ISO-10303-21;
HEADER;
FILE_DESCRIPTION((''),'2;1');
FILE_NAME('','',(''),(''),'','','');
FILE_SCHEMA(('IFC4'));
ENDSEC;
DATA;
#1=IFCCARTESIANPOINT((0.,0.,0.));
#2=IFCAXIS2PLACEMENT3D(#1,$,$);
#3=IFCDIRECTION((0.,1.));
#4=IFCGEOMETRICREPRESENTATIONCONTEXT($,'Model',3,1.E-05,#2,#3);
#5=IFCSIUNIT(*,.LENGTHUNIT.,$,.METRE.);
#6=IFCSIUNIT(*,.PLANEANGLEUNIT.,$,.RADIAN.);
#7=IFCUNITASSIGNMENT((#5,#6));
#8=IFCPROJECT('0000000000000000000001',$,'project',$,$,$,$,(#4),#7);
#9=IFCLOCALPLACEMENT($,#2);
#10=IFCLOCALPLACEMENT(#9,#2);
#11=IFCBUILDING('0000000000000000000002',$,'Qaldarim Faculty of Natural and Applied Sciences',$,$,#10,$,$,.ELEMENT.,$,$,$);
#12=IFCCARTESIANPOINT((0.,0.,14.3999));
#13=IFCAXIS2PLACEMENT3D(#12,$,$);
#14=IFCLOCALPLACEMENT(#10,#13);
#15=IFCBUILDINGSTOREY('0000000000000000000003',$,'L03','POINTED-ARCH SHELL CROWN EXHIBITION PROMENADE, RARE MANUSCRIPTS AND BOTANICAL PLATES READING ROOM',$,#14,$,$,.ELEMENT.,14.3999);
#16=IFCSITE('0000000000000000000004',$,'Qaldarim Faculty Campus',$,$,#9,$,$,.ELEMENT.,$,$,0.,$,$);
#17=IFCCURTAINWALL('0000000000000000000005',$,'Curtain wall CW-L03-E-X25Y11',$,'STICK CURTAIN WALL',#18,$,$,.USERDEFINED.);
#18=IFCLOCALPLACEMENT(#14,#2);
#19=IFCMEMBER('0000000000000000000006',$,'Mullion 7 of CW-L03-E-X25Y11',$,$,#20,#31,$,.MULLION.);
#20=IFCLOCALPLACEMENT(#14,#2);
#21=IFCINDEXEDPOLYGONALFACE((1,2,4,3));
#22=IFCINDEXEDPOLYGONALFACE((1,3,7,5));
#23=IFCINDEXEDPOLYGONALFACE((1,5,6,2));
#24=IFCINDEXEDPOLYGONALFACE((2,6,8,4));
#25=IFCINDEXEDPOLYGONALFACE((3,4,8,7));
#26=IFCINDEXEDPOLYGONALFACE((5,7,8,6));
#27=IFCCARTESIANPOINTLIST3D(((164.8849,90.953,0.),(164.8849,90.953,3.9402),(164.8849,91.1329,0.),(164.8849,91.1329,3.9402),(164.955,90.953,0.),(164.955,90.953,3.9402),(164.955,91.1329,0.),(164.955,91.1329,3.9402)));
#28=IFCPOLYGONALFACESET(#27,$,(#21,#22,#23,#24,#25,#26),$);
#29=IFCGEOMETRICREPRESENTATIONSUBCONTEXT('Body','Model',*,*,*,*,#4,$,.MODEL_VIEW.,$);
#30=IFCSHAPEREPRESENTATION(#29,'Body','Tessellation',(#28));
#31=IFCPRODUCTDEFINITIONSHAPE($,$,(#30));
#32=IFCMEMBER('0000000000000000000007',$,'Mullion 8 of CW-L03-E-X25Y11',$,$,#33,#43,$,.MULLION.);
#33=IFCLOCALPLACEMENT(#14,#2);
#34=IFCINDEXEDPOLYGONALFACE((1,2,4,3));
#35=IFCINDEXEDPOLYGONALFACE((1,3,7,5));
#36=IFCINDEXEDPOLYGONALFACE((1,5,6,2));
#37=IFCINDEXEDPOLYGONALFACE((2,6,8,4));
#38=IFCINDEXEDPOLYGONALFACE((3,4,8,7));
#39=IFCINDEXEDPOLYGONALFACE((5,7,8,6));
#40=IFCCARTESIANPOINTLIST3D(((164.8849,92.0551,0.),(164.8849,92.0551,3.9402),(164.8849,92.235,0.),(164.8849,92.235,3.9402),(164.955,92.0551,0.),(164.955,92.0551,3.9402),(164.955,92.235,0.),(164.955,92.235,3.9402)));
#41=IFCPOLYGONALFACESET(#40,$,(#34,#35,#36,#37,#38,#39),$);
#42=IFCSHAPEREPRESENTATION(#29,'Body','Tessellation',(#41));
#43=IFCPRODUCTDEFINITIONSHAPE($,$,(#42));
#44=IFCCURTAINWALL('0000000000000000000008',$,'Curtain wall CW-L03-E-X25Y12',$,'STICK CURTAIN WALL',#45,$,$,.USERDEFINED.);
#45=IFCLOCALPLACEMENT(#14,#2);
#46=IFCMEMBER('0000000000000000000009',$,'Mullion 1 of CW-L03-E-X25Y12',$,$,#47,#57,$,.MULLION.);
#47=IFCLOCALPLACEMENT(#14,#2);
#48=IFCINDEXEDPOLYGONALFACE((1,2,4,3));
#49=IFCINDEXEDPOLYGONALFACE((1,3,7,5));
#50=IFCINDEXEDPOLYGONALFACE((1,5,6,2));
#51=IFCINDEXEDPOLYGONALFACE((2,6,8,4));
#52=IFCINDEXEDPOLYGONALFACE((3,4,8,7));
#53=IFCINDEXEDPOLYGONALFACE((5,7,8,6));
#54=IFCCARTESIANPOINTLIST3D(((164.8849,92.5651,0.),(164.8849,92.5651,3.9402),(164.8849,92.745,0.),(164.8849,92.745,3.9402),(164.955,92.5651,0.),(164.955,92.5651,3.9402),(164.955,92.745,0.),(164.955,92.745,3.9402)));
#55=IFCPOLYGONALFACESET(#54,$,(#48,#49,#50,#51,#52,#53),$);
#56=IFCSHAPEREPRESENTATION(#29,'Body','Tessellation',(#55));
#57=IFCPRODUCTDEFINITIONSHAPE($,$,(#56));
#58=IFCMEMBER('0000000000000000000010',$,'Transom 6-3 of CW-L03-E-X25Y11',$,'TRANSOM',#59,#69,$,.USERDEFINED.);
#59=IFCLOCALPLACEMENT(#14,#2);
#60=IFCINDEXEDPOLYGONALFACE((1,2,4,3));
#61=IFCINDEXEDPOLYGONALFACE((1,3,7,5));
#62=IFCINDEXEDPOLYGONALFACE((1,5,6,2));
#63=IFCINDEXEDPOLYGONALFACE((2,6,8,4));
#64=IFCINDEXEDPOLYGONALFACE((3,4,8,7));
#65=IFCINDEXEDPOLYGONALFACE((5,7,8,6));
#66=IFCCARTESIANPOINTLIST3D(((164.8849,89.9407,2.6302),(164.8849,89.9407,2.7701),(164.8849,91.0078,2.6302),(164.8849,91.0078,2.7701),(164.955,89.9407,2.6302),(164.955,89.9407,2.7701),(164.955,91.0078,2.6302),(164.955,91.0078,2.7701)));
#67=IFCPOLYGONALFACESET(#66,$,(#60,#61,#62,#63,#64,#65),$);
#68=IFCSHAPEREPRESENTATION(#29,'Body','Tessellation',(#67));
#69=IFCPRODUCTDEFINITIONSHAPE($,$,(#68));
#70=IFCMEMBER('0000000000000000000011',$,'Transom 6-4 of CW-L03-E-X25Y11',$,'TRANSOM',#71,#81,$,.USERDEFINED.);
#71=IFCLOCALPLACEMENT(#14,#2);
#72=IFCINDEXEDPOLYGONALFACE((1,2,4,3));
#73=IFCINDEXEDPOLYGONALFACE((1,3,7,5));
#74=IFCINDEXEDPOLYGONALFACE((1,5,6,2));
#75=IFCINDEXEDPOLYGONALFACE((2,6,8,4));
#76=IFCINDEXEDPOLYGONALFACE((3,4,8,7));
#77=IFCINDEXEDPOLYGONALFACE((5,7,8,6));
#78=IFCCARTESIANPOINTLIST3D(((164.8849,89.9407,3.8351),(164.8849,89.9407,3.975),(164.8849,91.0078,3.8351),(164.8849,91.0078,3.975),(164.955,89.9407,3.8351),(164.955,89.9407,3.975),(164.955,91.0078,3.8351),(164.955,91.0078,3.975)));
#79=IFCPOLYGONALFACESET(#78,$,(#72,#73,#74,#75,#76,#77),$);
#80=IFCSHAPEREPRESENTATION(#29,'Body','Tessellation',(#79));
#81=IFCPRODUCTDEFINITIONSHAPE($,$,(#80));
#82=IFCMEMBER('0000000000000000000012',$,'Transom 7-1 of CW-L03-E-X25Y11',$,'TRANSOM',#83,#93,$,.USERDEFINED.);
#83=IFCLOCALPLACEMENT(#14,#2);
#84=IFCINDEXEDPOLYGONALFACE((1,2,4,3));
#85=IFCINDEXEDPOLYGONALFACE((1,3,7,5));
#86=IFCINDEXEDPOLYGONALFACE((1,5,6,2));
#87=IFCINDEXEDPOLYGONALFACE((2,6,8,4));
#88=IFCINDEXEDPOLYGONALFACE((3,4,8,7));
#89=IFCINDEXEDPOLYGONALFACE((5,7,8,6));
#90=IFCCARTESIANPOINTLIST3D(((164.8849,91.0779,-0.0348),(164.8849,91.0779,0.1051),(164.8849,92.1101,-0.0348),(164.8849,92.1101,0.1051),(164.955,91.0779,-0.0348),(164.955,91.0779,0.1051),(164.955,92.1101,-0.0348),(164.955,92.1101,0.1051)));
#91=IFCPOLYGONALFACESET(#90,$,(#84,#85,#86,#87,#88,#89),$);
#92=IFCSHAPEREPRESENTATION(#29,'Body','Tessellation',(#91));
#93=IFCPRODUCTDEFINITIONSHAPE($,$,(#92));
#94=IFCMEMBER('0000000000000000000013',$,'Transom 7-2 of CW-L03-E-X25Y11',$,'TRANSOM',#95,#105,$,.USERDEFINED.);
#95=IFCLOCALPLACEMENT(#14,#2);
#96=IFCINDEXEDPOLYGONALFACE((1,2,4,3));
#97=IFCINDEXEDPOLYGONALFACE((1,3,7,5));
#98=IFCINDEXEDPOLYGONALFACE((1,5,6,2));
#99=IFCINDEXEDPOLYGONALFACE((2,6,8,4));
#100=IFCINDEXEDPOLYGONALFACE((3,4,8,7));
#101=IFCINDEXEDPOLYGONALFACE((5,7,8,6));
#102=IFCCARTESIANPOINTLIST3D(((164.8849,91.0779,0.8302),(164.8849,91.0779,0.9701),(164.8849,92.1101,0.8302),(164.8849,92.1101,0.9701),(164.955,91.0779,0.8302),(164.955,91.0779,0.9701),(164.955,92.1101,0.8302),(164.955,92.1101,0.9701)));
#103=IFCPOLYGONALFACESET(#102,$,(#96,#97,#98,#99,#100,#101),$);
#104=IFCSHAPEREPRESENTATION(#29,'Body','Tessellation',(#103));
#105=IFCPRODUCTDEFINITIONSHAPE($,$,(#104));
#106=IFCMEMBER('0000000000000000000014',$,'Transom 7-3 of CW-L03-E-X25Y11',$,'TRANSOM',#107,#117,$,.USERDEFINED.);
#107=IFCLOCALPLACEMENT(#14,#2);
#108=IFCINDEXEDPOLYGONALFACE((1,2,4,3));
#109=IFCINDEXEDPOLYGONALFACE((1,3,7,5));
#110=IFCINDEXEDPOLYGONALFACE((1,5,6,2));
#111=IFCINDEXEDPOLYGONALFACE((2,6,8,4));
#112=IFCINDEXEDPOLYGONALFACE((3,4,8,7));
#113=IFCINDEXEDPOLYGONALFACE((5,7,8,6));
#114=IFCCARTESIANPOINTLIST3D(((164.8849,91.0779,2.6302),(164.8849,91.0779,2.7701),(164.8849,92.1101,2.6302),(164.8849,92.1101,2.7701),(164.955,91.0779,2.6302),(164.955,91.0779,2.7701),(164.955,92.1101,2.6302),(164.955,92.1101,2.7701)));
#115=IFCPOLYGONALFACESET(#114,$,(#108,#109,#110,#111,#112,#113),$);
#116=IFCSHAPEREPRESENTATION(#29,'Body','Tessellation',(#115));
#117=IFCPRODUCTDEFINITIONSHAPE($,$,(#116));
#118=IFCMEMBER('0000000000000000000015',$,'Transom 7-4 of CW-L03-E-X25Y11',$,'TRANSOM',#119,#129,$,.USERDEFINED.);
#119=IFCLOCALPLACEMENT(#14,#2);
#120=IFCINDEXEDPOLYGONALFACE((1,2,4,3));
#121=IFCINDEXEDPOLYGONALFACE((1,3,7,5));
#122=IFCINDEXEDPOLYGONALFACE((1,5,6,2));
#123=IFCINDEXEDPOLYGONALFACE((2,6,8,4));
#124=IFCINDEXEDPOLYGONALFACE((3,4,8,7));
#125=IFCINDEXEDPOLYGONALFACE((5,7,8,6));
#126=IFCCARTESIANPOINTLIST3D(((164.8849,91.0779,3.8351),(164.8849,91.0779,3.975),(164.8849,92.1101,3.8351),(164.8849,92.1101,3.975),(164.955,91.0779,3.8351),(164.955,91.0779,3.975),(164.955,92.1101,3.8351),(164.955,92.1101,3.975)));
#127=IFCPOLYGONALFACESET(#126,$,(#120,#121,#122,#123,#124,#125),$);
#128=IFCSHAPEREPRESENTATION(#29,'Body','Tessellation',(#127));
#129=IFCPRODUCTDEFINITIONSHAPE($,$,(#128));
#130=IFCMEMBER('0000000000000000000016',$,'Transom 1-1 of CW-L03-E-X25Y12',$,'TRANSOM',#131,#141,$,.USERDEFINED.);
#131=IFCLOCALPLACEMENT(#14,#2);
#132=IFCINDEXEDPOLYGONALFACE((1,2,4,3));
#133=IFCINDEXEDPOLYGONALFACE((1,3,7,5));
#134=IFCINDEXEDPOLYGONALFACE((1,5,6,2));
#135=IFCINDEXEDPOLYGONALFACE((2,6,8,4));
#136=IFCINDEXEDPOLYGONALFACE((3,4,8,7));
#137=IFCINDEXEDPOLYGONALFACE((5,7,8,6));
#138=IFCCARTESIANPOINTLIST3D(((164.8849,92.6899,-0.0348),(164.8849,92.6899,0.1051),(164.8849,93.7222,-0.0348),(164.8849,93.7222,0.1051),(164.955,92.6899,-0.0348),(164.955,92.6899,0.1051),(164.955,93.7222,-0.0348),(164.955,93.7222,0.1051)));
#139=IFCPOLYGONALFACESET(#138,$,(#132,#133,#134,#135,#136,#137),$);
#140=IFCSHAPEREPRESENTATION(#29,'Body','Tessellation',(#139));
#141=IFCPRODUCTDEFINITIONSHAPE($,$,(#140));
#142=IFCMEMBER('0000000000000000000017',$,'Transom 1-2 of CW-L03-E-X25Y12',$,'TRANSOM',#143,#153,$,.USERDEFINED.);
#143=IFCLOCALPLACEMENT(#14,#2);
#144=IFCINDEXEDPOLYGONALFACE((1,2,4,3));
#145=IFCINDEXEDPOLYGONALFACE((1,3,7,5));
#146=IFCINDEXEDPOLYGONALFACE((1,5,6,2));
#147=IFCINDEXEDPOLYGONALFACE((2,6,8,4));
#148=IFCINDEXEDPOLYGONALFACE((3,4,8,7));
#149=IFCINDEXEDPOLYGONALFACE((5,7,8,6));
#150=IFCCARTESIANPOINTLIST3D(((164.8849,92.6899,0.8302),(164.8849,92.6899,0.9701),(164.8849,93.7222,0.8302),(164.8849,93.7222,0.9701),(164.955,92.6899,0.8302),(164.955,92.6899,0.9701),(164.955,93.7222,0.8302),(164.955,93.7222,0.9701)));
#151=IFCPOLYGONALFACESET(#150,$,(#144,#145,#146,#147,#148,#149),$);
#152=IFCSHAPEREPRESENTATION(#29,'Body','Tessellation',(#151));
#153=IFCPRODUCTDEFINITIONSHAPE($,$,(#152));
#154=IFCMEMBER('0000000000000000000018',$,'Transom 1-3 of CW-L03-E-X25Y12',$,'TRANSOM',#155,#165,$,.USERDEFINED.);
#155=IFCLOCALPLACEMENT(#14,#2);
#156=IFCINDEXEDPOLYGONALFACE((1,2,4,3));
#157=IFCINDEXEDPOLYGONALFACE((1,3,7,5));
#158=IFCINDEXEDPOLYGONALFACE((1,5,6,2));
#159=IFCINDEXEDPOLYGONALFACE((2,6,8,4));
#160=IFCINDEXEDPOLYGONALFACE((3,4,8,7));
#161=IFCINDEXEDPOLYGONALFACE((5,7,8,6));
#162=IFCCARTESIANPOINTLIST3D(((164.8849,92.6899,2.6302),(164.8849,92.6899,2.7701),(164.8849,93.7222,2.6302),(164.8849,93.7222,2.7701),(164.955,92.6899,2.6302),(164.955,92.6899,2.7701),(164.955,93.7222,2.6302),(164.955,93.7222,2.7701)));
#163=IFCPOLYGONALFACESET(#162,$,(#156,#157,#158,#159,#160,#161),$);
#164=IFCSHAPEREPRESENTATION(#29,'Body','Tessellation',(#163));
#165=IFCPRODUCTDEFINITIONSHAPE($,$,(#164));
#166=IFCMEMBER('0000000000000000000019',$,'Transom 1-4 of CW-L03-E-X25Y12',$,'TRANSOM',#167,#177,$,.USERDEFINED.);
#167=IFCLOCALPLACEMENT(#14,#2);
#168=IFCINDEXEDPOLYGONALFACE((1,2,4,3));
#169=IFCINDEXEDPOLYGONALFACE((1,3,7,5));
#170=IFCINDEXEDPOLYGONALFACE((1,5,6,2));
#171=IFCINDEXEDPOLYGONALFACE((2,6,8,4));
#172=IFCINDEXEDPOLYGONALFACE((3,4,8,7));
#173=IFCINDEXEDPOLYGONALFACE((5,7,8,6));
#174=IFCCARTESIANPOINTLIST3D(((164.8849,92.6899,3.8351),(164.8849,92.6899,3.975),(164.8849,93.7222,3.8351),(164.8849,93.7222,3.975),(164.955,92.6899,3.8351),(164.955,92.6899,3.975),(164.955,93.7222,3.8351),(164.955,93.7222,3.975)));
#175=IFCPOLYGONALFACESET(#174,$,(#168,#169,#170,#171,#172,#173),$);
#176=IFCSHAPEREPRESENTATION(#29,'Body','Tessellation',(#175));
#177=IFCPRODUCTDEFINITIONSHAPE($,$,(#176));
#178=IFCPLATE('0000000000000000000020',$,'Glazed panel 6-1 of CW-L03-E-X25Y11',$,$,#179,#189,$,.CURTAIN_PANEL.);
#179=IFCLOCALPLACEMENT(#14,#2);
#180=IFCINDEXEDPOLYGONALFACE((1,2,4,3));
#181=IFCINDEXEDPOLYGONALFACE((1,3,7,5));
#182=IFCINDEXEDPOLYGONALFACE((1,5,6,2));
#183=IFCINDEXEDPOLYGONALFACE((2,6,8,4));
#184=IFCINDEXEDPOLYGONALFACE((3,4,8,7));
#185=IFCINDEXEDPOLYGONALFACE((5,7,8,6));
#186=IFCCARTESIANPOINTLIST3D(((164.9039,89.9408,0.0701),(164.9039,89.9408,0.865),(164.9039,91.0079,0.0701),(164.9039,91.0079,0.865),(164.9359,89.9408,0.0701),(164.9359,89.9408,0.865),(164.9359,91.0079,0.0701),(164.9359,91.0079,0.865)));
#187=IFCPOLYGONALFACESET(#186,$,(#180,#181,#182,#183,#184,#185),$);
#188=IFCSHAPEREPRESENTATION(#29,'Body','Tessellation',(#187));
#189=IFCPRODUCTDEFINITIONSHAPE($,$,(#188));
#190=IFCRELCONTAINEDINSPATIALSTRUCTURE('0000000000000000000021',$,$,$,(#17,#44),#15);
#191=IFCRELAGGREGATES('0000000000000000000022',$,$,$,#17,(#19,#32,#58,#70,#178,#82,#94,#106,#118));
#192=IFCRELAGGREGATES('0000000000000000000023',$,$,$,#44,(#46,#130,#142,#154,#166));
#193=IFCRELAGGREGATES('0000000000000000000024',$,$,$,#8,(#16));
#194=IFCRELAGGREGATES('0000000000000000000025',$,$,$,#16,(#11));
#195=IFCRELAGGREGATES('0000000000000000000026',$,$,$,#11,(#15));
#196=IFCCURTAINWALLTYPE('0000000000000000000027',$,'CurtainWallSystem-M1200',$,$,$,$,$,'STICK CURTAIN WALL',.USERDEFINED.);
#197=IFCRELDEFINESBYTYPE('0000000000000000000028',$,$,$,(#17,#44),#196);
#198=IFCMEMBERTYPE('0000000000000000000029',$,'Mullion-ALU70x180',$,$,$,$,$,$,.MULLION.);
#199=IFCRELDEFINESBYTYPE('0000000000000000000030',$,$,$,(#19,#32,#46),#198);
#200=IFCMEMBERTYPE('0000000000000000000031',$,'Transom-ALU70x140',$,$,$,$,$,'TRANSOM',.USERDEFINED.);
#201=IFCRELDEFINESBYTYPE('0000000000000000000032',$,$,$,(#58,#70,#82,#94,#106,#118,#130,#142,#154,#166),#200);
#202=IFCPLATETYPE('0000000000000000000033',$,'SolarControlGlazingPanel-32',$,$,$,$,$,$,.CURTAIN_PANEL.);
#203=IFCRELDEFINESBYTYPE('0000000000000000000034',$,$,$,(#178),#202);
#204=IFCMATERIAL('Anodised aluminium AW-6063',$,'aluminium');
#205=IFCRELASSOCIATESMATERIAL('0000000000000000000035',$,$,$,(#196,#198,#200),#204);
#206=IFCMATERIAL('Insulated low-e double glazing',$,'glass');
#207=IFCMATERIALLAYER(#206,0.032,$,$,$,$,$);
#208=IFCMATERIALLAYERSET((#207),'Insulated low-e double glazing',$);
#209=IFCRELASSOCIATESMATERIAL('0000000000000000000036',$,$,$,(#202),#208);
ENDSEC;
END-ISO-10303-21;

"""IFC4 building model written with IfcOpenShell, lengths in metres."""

from ifc_helpers import new_model, si_unit, direction, frame, origin, origin_2d, place, context, subcontext, project, spatial, rectangle, extrude, material, layer, layer_set, material_profile, profile_set, type_object, element, aggregate, save


model = new_model("IFC4")

# Units and contexts
model_context = context("Model", 3, precision=1e-05, world=origin(), true_north=direction((0.0, 1.0)))
body_context = subcontext(model_context, "Body", "Model", "MODEL_VIEW")
ifc_project = project(units=[si_unit("LENGTHUNIT", "METRE"), si_unit("PLANEANGLEUNIT", "RADIAN")], contexts=[model_context])

# Site, building, storey
site_placement = place(None, origin())
site = spatial("IfcSite", under=ifc_project, at=site_placement, Name="Qaldarim Faculty Campus", CompositionType="ELEMENT", RefElevation=0.0)
building_placement = place(site_placement, origin())
building = spatial("IfcBuilding", under=site, at=building_placement, Name="Qaldarim Faculty of Natural and Applied Sciences", CompositionType="ELEMENT")
storey_placement = place(building_placement, frame((0.0, 0.0, 14.3999)))
storey = spatial("IfcBuildingStorey", under=building, at=storey_placement, Name="L03", Description="POINTED-ARCH SHELL CROWN EXHIBITION PROMENADE, RARE MANUSCRIPTS AND BOTANICAL PLATES READING ROOM", CompositionType="ELEMENT", Elevation=14.3999)

# Curtain wall, members
ifc_material_1 = material(Name="Anodised aluminium AW-6063", Category="aluminium")
curtain_wall_type = type_object("IfcCurtainWallType", Name="CurtainWallSystem-M1200", ElementType="STICK CURTAIN WALL", PredefinedType="USERDEFINED", material=ifc_material_1)
curtain_wall_1_placement = place(storey_placement, origin())
curtain_wall_1 = element("IfcCurtainWall", 1, at=curtain_wall_1_placement, inside=storey, type_object=curtain_wall_type, Name="Curtain wall CW-L03-E-X25Y11", ObjectType="STICK CURTAIN WALL", PredefinedType="USERDEFINED")
ifc_material_profile_1 = material_profile(ifc_material_1, rectangle(XDim=0.0701, YDim=0.1799, at=origin_2d()), Name="ALU-M70x180")
ifc_profile_set_1 = profile_set([ifc_material_profile_1], Name="Anodised aluminium AW-6063")
member_type_1 = type_object("IfcMemberType", Name="Mullion-ALU70x180", PredefinedType="MULLION", material=ifc_profile_set_1)
member_1_placement = place(storey_placement, frame((164.9199, 91.043, 0.0), z_axis=(0.0, 0.0, 1.0), x_axis=(-1.0, 0.0, 0.0)))
member_1 = element("IfcMember", 2, at=member_1_placement, type_object=member_type_1, Name="Mullion 7 of CW-L03-E-X25Y11", PredefinedType="MULLION", context=body_context, shape_type="SweptSolid", body=[
    extrude(rectangle(XDim=0.0701, YDim=0.1799, at=origin_2d()), origin(), (0.0, 0.0, 1.0), 3.9402),
])
member_2_placement = place(storey_placement, frame((164.9199, 92.145, 0.0), z_axis=(0.0, 0.0, 1.0), x_axis=(-1.0, 0.0, 0.0)))
member_2 = element("IfcMember", 3, at=member_2_placement, type_object=member_type_1, Name="Mullion 8 of CW-L03-E-X25Y11", PredefinedType="MULLION", context=body_context, shape_type="SweptSolid", body=[
    extrude(rectangle(XDim=0.0701, YDim=0.1799, at=origin_2d()), origin(), (0.0, 0.0, 1.0), 3.9402),
])

# Curtain wall, member
curtain_wall_2_placement = place(storey_placement, origin())
curtain_wall_2 = element("IfcCurtainWall", 4, at=curtain_wall_2_placement, inside=storey, type_object=curtain_wall_type, Name="Curtain wall CW-L03-E-X25Y12", ObjectType="STICK CURTAIN WALL", PredefinedType="USERDEFINED")
member_3_placement = place(storey_placement, frame((164.9199, 92.655, 0.0), z_axis=(0.0, 0.0, 1.0), x_axis=(-1.0, 0.0, 0.0)))
member_3 = element("IfcMember", 5, at=member_3_placement, type_object=member_type_1, Name="Mullion 1 of CW-L03-E-X25Y12", PredefinedType="MULLION", context=body_context, shape_type="SweptSolid", body=[
    extrude(rectangle(XDim=0.0701, YDim=0.1799, at=origin_2d()), origin(), (0.0, 0.0, 1.0), 3.9402),
])

# Members
ifc_material_profile_2 = material_profile(ifc_material_1, rectangle(XDim=0.0701, YDim=0.1399, at=origin_2d()), Name="ALU-T70x140")
ifc_profile_set_2 = profile_set([ifc_material_profile_2], Name="Anodised aluminium AW-6063")
member_type_2 = type_object("IfcMemberType", Name="Transom-ALU70x140", ElementType="TRANSOM", PredefinedType="USERDEFINED", material=ifc_profile_set_2)
member_4_placement = place(storey_placement, frame((164.9199, 89.9407, 2.7002), z_axis=(0.0, 1.0, 0.0), x_axis=(-1.0, 0.0, 0.0)))
member_4 = element("IfcMember", 6, at=member_4_placement, type_object=member_type_2, Name="Transom 6-3 of CW-L03-E-X25Y11", ObjectType="TRANSOM", PredefinedType="USERDEFINED", context=body_context, shape_type="SweptSolid", body=[
    extrude(rectangle(XDim=0.0701, YDim=0.1399, at=origin_2d()), origin(), (0.0, 0.0, 1.0), 1.0671),
])
member_5_placement = place(storey_placement, frame((164.9199, 89.9407, 3.905), z_axis=(0.0, 1.0, 0.0), x_axis=(-1.0, 0.0, 0.0)))
member_5 = element("IfcMember", 7, at=member_5_placement, type_object=member_type_2, Name="Transom 6-4 of CW-L03-E-X25Y11", ObjectType="TRANSOM", PredefinedType="USERDEFINED", context=body_context, shape_type="SweptSolid", body=[
    extrude(rectangle(XDim=0.0701, YDim=0.1399, at=origin_2d()), origin(), (0.0, 0.0, 1.0), 1.0671),
])
member_6_placement = place(storey_placement, frame((164.9199, 91.0779, 0.0352), z_axis=(0.0, 1.0, 0.0), x_axis=(-1.0, 0.0, 0.0)))
member_6 = element("IfcMember", 8, at=member_6_placement, type_object=member_type_2, Name="Transom 7-1 of CW-L03-E-X25Y11", ObjectType="TRANSOM", PredefinedType="USERDEFINED", context=body_context, shape_type="SweptSolid", body=[
    extrude(rectangle(XDim=0.0701, YDim=0.1399, at=origin_2d()), origin(), (0.0, 0.0, 1.0), 1.0322),
])
member_7_placement = place(storey_placement, frame((164.9199, 91.0779, 0.9001), z_axis=(0.0, 1.0, 0.0), x_axis=(-1.0, 0.0, 0.0)))
member_7 = element("IfcMember", 9, at=member_7_placement, type_object=member_type_2, Name="Transom 7-2 of CW-L03-E-X25Y11", ObjectType="TRANSOM", PredefinedType="USERDEFINED", context=body_context, shape_type="SweptSolid", body=[
    extrude(rectangle(XDim=0.0701, YDim=0.1399, at=origin_2d()), origin(), (0.0, 0.0, 1.0), 1.0322),
])
member_8_placement = place(storey_placement, frame((164.9199, 91.0779, 2.7002), z_axis=(0.0, 1.0, 0.0), x_axis=(-1.0, 0.0, 0.0)))
member_8 = element("IfcMember", 10, at=member_8_placement, type_object=member_type_2, Name="Transom 7-3 of CW-L03-E-X25Y11", ObjectType="TRANSOM", PredefinedType="USERDEFINED", context=body_context, shape_type="SweptSolid", body=[
    extrude(rectangle(XDim=0.0701, YDim=0.1399, at=origin_2d()), origin(), (0.0, 0.0, 1.0), 1.0322),
])
member_9_placement = place(storey_placement, frame((164.9199, 91.0779, 3.905), z_axis=(0.0, 1.0, 0.0), x_axis=(-1.0, 0.0, 0.0)))
member_9 = element("IfcMember", 11, at=member_9_placement, type_object=member_type_2, Name="Transom 7-4 of CW-L03-E-X25Y11", ObjectType="TRANSOM", PredefinedType="USERDEFINED", context=body_context, shape_type="SweptSolid", body=[
    extrude(rectangle(XDim=0.0701, YDim=0.1399, at=origin_2d()), origin(), (0.0, 0.0, 1.0), 1.0322),
])
member_10_placement = place(storey_placement, frame((164.9199, 92.6899, 0.0352), z_axis=(0.0, 1.0, 0.0), x_axis=(-1.0, 0.0, 0.0)))
member_10 = element("IfcMember", 12, at=member_10_placement, type_object=member_type_2, Name="Transom 1-1 of CW-L03-E-X25Y12", ObjectType="TRANSOM", PredefinedType="USERDEFINED", context=body_context, shape_type="SweptSolid", body=[
    extrude(rectangle(XDim=0.0701, YDim=0.1399, at=origin_2d()), origin(), (0.0, 0.0, 1.0), 1.0322),
])
member_11_placement = place(storey_placement, frame((164.9199, 92.6899, 0.9001), z_axis=(0.0, 1.0, 0.0), x_axis=(-1.0, 0.0, 0.0)))
member_11 = element("IfcMember", 13, at=member_11_placement, type_object=member_type_2, Name="Transom 1-2 of CW-L03-E-X25Y12", ObjectType="TRANSOM", PredefinedType="USERDEFINED", context=body_context, shape_type="SweptSolid", body=[
    extrude(rectangle(XDim=0.0701, YDim=0.1399, at=origin_2d()), origin(), (0.0, 0.0, 1.0), 1.0322),
])
member_12_placement = place(storey_placement, frame((164.9199, 92.6899, 2.7002), z_axis=(0.0, 1.0, 0.0), x_axis=(-1.0, 0.0, 0.0)))
member_12 = element("IfcMember", 14, at=member_12_placement, type_object=member_type_2, Name="Transom 1-3 of CW-L03-E-X25Y12", ObjectType="TRANSOM", PredefinedType="USERDEFINED", context=body_context, shape_type="SweptSolid", body=[
    extrude(rectangle(XDim=0.0701, YDim=0.1399, at=origin_2d()), origin(), (0.0, 0.0, 1.0), 1.0322),
])
member_13_placement = place(storey_placement, frame((164.9199, 92.6899, 3.905), z_axis=(0.0, 1.0, 0.0), x_axis=(-1.0, 0.0, 0.0)))
member_13 = element("IfcMember", 15, at=member_13_placement, type_object=member_type_2, Name="Transom 1-4 of CW-L03-E-X25Y12", ObjectType="TRANSOM", PredefinedType="USERDEFINED", context=body_context, shape_type="SweptSolid", body=[
    extrude(rectangle(XDim=0.0701, YDim=0.1399, at=origin_2d()), origin(), (0.0, 0.0, 1.0), 1.0322),
])

# Plate
ifc_material_2 = material(Name="Insulated low-e double glazing", Category="glass")
ifc_layer = layer(ifc_material_2, 0.032)
ifc_layer_set = layer_set([ifc_layer], Name="Insulated low-e double glazing")
plate_type = type_object("IfcPlateType", Name="SolarControlGlazingPanel-32", PredefinedType="CURTAIN_PANEL", material=ifc_layer_set)
plate_1_placement = place(storey_placement, frame((164.9199, 90.4744, 0.0701), z_axis=(0.0, 0.0, 1.0), x_axis=(0.0, 1.0, 0.0)))
plate_1 = element("IfcPlate", 16, at=plate_1_placement, type_object=plate_type, Name="Glazed panel 6-1 of CW-L03-E-X25Y11", PredefinedType="CURTAIN_PANEL", context=body_context, shape_type="SweptSolid", body=[
    extrude(rectangle(XDim=1.0671, YDim=0.032, at=origin_2d()), origin(), (0.0, 0.0, 1.0), 0.7949),
])
aggregate(curtain_wall_1, [member_1, member_2, member_4, member_5, plate_1, member_6, member_7, member_8, member_9])
aggregate(curtain_wall_2, [member_3, member_10, member_11, member_12, member_13])

save(model, "model.ifc")
